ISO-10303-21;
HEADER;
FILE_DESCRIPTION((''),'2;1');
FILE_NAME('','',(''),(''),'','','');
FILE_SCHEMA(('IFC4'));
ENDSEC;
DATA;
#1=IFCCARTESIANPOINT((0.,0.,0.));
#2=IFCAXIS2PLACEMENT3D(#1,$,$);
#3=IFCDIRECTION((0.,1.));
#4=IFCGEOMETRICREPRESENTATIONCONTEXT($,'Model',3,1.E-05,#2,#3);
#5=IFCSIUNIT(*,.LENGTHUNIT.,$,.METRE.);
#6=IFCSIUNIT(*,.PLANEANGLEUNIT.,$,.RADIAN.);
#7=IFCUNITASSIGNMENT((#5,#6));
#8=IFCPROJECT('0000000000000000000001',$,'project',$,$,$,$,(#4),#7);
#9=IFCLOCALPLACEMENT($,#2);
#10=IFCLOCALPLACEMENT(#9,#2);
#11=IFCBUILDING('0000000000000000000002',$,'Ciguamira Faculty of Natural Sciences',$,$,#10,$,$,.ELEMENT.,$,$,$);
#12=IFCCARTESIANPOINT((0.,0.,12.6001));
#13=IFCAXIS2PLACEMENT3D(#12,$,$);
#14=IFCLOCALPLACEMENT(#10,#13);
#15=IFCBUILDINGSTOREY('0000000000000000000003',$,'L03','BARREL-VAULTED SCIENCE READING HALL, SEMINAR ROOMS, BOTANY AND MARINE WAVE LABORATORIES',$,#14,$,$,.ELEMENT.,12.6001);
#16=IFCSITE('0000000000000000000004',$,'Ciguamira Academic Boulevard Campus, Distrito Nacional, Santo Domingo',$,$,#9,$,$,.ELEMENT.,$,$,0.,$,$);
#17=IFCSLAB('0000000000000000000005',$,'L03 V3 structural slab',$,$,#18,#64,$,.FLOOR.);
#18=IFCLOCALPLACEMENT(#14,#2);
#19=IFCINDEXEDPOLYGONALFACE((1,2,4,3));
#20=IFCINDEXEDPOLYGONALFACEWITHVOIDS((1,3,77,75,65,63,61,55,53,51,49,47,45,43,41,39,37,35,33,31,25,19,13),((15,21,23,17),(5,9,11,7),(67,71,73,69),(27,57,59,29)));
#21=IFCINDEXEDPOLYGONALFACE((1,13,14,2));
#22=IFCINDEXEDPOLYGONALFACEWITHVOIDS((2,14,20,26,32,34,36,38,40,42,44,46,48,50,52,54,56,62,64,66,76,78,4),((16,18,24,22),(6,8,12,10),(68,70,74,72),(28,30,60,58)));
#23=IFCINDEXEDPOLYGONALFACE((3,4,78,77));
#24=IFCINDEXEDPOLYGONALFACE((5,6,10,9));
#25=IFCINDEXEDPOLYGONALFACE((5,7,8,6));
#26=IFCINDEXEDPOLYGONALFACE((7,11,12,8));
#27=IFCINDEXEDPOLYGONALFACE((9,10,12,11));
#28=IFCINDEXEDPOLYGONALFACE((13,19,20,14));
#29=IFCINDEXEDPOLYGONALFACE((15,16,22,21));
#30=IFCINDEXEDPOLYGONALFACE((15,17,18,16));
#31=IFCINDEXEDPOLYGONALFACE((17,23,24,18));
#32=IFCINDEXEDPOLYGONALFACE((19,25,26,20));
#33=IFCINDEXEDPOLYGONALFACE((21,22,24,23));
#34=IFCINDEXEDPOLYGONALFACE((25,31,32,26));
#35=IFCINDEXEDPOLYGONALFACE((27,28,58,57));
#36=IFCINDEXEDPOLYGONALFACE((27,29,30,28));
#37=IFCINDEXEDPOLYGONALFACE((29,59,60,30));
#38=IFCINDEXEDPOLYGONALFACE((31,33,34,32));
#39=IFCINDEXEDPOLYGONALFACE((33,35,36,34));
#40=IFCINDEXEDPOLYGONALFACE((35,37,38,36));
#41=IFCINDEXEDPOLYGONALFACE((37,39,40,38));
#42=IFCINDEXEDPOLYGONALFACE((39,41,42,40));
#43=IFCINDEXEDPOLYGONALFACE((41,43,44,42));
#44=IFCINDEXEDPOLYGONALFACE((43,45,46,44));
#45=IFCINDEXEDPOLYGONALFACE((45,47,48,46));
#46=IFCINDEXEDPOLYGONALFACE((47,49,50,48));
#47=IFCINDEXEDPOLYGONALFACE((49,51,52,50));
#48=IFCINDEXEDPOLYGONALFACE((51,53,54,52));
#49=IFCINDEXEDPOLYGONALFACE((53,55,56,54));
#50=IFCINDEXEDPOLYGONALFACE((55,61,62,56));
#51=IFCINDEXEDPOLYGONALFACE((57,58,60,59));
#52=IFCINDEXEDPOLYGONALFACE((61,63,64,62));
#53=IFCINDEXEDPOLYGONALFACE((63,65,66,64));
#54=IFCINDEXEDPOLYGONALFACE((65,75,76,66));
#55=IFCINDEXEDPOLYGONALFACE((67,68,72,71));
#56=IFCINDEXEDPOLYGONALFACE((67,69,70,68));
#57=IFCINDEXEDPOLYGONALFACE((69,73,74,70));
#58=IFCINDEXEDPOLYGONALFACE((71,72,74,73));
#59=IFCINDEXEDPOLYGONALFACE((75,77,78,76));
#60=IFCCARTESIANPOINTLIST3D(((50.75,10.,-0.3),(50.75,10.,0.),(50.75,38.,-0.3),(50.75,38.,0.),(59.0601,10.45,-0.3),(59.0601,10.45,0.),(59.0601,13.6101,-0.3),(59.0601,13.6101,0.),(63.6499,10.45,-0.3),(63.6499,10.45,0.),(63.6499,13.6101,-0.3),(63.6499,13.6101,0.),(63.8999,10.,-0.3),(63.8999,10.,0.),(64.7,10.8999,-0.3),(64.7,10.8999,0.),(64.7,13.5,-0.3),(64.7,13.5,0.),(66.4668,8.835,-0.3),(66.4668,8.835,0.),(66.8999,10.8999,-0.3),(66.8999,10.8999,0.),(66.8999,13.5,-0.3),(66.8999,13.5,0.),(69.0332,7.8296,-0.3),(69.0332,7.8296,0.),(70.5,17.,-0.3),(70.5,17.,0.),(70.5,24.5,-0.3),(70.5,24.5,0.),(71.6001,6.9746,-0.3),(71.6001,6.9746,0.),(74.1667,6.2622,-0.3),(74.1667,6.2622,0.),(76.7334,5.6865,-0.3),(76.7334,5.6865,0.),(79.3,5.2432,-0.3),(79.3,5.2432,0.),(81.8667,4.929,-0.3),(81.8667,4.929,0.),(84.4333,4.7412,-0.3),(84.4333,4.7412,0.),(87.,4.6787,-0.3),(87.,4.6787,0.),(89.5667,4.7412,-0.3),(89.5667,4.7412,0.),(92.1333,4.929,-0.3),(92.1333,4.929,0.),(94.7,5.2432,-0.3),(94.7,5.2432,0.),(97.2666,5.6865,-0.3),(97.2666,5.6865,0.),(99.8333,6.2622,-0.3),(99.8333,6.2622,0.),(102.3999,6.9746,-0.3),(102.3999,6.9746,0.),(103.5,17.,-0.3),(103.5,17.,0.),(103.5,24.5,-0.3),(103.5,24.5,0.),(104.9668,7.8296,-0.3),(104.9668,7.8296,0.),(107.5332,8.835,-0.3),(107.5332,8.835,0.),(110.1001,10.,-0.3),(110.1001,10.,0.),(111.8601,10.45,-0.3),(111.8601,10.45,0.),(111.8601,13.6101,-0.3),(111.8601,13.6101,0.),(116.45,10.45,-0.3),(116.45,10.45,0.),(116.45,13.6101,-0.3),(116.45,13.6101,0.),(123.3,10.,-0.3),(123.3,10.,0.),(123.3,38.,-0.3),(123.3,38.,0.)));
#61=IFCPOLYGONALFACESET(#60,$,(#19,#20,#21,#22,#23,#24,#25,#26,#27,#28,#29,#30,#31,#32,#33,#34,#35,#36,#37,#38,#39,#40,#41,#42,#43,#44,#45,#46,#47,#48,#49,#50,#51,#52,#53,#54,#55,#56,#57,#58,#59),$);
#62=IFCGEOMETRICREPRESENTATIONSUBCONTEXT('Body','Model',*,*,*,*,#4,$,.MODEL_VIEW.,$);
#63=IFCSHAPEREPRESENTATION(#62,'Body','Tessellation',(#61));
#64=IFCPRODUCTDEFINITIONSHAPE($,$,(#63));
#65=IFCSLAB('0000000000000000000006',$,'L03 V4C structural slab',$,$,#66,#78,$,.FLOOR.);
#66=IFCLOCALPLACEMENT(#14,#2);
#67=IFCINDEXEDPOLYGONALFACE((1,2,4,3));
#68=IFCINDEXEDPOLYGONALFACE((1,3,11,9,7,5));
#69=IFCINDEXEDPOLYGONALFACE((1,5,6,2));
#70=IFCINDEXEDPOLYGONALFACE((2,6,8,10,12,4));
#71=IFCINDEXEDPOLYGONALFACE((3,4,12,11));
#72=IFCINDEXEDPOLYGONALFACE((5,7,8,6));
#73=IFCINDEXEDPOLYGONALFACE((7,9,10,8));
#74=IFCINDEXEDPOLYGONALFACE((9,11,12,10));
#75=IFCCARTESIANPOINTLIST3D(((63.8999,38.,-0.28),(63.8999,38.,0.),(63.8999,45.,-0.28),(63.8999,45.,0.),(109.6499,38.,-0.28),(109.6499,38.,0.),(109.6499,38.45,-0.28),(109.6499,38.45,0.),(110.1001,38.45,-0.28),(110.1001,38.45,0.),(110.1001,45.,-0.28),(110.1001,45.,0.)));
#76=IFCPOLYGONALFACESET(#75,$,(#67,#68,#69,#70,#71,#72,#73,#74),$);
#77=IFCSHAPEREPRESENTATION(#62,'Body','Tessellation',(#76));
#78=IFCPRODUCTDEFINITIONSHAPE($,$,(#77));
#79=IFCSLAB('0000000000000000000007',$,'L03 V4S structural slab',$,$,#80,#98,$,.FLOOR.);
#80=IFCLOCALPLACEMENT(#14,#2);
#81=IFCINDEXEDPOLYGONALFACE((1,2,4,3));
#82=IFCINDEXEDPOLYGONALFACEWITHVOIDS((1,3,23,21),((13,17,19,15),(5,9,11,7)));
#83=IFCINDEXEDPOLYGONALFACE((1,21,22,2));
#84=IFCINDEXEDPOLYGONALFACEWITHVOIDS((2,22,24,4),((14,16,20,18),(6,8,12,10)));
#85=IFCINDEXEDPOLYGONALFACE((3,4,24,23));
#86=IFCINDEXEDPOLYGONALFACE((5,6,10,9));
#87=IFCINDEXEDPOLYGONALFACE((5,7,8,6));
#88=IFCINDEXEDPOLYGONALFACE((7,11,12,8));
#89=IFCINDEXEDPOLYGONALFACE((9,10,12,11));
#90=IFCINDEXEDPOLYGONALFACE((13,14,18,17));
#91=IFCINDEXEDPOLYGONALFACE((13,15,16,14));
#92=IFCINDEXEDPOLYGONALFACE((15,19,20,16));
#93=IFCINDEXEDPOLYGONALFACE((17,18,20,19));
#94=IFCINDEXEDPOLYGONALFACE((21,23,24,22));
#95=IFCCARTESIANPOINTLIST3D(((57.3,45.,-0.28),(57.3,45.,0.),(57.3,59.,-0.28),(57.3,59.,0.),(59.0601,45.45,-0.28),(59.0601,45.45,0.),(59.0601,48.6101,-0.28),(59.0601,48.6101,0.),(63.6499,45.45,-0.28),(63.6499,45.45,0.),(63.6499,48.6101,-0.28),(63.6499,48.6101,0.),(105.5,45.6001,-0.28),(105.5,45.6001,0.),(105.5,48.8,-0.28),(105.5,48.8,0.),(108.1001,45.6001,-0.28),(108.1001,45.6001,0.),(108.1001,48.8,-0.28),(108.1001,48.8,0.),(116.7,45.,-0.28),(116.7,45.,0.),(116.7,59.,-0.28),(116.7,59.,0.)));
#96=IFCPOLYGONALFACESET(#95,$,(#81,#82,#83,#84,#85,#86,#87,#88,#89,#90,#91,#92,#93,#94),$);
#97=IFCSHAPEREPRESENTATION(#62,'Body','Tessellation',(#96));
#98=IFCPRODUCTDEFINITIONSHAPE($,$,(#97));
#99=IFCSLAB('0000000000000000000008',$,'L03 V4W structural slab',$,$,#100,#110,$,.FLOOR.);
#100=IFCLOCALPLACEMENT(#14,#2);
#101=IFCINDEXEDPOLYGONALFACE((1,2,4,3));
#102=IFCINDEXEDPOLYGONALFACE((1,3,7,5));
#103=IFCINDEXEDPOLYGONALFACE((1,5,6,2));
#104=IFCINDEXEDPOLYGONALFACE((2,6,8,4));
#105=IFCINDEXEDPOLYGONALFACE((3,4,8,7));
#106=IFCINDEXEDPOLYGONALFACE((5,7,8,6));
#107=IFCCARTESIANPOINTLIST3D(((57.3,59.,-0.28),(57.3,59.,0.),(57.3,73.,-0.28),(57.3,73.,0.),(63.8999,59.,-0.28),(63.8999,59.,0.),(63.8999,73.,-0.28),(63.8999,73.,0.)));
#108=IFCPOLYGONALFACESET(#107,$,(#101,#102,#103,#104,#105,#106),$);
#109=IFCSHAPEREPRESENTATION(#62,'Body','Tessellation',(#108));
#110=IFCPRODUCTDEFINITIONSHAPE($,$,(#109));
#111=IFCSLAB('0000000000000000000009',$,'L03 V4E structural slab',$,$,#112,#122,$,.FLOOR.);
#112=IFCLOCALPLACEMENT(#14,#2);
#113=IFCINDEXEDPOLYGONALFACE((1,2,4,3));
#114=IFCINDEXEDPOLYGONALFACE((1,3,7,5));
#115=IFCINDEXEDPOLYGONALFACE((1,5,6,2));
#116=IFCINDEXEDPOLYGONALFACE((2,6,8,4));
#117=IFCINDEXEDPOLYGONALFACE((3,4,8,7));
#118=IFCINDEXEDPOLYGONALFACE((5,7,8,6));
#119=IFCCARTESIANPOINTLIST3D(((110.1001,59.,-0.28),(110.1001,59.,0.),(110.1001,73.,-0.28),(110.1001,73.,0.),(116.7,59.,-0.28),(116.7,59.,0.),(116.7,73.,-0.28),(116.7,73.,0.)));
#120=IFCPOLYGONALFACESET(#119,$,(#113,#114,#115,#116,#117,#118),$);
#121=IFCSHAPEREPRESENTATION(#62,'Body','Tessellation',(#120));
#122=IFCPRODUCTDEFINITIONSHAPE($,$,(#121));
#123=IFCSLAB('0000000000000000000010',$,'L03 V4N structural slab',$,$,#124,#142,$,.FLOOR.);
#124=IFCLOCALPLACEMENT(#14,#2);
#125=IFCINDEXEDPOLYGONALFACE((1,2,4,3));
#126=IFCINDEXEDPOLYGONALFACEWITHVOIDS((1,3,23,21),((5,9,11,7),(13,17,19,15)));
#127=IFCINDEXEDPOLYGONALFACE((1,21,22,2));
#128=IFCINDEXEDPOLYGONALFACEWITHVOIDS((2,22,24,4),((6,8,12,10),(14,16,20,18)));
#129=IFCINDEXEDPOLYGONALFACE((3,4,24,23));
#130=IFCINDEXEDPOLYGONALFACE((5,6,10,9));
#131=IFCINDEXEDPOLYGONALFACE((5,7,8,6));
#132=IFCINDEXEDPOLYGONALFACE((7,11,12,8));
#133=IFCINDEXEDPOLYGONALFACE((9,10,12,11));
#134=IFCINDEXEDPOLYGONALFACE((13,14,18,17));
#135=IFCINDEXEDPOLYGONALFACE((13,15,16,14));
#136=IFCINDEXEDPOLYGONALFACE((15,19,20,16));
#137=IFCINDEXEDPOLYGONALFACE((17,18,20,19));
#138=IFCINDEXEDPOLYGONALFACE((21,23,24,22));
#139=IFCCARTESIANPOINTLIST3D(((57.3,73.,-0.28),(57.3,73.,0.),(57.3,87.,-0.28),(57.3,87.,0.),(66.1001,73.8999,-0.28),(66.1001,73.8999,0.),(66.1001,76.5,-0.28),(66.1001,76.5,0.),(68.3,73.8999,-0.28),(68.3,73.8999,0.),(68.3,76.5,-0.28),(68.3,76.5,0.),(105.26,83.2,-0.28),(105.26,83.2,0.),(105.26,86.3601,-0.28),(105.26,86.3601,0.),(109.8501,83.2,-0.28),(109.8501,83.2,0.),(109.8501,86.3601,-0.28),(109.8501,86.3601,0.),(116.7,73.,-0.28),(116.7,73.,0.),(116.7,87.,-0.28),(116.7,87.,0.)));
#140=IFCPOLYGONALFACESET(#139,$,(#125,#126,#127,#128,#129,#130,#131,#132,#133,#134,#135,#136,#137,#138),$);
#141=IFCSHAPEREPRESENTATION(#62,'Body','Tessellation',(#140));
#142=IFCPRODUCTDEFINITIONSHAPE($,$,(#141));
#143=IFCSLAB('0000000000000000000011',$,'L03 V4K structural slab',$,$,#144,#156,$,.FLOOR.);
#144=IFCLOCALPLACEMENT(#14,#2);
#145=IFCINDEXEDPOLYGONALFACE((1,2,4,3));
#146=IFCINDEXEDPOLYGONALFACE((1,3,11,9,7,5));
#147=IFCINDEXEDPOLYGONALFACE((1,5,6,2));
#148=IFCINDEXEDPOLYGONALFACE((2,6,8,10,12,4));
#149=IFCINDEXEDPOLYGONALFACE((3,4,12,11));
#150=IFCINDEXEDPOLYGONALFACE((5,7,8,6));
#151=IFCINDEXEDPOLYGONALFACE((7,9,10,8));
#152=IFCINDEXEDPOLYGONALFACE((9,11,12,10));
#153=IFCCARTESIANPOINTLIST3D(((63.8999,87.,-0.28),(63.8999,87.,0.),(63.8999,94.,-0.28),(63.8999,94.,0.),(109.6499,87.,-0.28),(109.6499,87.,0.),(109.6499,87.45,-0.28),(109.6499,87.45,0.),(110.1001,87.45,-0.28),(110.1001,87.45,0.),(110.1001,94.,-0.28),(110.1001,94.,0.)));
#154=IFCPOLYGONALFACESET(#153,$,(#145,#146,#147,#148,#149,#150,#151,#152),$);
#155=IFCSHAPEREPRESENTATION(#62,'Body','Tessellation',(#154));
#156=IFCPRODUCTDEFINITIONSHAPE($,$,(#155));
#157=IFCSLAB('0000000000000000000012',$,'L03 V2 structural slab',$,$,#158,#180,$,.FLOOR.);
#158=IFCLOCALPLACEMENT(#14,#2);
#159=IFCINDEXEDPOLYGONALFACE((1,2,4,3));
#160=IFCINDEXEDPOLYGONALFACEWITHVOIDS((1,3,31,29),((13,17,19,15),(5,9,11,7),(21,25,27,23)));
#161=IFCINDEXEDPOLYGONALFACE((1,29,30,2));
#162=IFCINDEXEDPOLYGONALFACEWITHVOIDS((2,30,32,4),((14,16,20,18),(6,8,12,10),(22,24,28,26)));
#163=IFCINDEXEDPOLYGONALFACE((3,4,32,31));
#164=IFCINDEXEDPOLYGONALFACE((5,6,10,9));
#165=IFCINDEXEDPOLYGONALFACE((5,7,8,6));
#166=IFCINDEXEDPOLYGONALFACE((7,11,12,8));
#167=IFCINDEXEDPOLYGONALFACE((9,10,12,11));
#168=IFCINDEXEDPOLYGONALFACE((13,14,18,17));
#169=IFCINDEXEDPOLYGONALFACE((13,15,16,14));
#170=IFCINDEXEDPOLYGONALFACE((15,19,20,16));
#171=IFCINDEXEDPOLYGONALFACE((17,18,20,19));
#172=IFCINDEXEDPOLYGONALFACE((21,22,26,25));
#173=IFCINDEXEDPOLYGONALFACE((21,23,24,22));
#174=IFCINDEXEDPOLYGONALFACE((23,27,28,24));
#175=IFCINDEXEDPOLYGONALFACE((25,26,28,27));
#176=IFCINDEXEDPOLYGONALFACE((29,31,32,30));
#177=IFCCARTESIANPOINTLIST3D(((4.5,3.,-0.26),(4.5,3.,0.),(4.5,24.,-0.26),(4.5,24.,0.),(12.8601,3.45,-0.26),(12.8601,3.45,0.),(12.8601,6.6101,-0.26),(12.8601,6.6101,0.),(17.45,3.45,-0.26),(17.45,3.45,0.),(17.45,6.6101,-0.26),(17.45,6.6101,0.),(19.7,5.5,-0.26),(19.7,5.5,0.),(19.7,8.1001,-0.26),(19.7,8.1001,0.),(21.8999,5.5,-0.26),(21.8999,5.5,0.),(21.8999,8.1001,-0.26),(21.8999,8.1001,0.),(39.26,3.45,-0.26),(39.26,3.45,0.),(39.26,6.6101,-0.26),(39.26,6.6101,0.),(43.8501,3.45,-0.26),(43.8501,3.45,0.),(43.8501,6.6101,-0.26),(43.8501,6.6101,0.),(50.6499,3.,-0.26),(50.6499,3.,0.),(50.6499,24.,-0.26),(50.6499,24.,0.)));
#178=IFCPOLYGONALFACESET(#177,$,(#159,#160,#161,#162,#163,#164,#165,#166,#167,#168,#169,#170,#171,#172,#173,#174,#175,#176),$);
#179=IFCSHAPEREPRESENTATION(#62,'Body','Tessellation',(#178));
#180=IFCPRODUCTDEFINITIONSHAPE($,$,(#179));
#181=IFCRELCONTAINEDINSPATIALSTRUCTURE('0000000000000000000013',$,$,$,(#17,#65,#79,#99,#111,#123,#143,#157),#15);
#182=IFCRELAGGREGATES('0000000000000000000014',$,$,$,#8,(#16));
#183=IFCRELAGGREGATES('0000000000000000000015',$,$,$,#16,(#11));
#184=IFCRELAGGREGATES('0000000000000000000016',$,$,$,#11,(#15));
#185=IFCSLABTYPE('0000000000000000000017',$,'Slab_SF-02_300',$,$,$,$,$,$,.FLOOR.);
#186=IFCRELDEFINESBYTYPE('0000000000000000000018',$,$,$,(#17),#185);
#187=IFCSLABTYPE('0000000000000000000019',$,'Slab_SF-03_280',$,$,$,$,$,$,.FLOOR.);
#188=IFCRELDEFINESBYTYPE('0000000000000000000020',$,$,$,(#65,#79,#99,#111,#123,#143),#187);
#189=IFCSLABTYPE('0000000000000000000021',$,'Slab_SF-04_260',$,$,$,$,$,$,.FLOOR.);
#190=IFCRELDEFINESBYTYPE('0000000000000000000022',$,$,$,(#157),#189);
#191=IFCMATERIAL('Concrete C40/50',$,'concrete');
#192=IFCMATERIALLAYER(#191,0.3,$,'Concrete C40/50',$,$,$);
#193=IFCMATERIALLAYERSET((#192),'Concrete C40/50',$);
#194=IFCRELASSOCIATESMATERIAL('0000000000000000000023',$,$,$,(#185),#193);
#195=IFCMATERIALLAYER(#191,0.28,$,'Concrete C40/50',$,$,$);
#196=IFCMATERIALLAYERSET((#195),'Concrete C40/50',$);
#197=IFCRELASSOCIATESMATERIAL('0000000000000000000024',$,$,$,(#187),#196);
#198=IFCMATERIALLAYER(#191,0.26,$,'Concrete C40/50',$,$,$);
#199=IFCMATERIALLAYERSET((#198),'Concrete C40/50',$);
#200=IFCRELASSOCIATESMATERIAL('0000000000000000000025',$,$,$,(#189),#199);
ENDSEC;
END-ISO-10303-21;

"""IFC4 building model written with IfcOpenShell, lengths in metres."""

from ifc_helpers import new_model, si_unit, direction, frame, origin, place, context, subcontext, project, spatial, polyline, outline, extrude, material, layer, layer_set, type_object, element, save


model = new_model("IFC4")

# Units and contexts
model_context = context("Model", 3, precision=1e-05, world=origin(), true_north=direction((0.0, 1.0)))
body_context = subcontext(model_context, "Body", "Model", "MODEL_VIEW")
ifc_project = project(units=[si_unit("LENGTHUNIT", "METRE"), si_unit("PLANEANGLEUNIT", "RADIAN")], contexts=[model_context])

# Site, building, storey
site_placement = place(None, origin())
site = spatial("IfcSite", under=ifc_project, at=site_placement, Name="Ciguamira Academic Boulevard Campus, Distrito Nacional, Santo Domingo", CompositionType="ELEMENT", RefElevation=0.0)
building_placement = place(site_placement, origin())
building = spatial("IfcBuilding", under=site, at=building_placement, Name="Ciguamira Faculty of Natural Sciences", CompositionType="ELEMENT")
storey_placement = place(building_placement, frame((0.0, 0.0, 12.6001)))
storey = spatial("IfcBuildingStorey", under=building, at=storey_placement, Name="L03", Description="BARREL-VAULTED SCIENCE READING HALL, SEMINAR ROOMS, BOTANY AND MARINE WAVE LABORATORIES", CompositionType="ELEMENT", Elevation=12.6001)

# Slabs
ifc_material_1 = material(Name="Concrete C40/50", Category="concrete")
ifc_layer_1 = layer(ifc_material_1, 0.3, Name="Concrete C40/50")
ifc_layer_set_1 = layer_set([ifc_layer_1], Name="Concrete C40/50")
slab_type_1 = type_object("IfcSlabType", Name="Slab_SF-02_300", PredefinedType="FLOOR", material=ifc_layer_set_1)
slab_1_placement = place(storey_placement, frame((0.0, 0.0, -0.3)))
element("IfcSlab", 1, at=slab_1_placement, inside=storey, type_object=slab_type_1, Name="L03 V3 structural slab", PredefinedType="FLOOR", context=body_context, shape_type="SweptSolid", body=[
    extrude(outline(polyline([(50.75, 10.0), (63.8999, 10.0), (66.4668, 8.835), (69.0332, 7.8296), (71.6001, 6.9746), (74.1667, 6.2622), (76.7334, 5.6865), (79.3, 5.2432), (81.8667, 4.929), (84.4333, 4.7412), (87.0, 4.6787), (89.5667, 4.7412), (92.1333, 4.929), (94.7, 5.2432), (97.2666, 5.6865), (99.8333, 6.2622), (102.3999, 6.9746), (104.9668, 7.8296), (107.5332, 8.835), (110.1001, 10.0), (123.3, 10.0), (123.3, 38.0), (50.75, 38.0), (50.75, 10.0)]), holes=[polyline([(59.0601, 10.45), (63.6499, 10.45), (63.6499, 13.6101), (59.0601, 13.6101), (59.0601, 10.45)]), polyline([(111.8601, 10.45), (116.45, 10.45), (116.45, 13.6101), (111.8601, 13.6101), (111.8601, 10.45)]), polyline([(64.7, 10.8999), (66.8999, 10.8999), (66.8999, 13.5), (64.7, 13.5), (64.7, 10.8999)]), polyline([(70.5, 17.0), (103.5, 17.0), (103.5, 24.5), (70.5, 24.5), (70.5, 17.0)])]), origin(), (0.0, 0.0, 1.0), 0.3),
])
ifc_layer_2 = layer(ifc_material_1, 0.28, Name="Concrete C40/50")
ifc_layer_set_2 = layer_set([ifc_layer_2], Name="Concrete C40/50")
slab_type_2 = type_object("IfcSlabType", Name="Slab_SF-03_280", PredefinedType="FLOOR", material=ifc_layer_set_2)
slab_2_placement = place(storey_placement, frame((0.0, 0.0, -0.28)))
element("IfcSlab", 2, at=slab_2_placement, inside=storey, type_object=slab_type_2, Name="L03 V4C structural slab", PredefinedType="FLOOR", context=body_context, shape_type="SweptSolid", body=[
    extrude(outline(polyline([(63.8999, 38.0), (109.6499, 38.0), (109.6499, 38.45), (110.1001, 38.45), (110.1001, 45.0), (63.8999, 45.0), (63.8999, 38.0)])), origin(), (0.0, 0.0, 1.0), 0.28),
])
slab_3_placement = place(storey_placement, frame((0.0, 0.0, -0.28)))
element("IfcSlab", 3, at=slab_3_placement, inside=storey, type_object=slab_type_2, Name="L03 V4S structural slab", PredefinedType="FLOOR", context=body_context, shape_type="SweptSolid", body=[
    extrude(outline(polyline([(57.3, 45.0), (116.7, 45.0), (116.7, 59.0), (57.3, 59.0), (57.3, 45.0)]), holes=[polyline([(59.0601, 45.45), (63.6499, 45.45), (63.6499, 48.6101), (59.0601, 48.6101), (59.0601, 45.45)]), polyline([(105.5, 45.6001), (108.1001, 45.6001), (108.1001, 48.8), (105.5, 48.8), (105.5, 45.6001)])]), origin(), (0.0, 0.0, 1.0), 0.28),
])
slab_4_placement = place(storey_placement, frame((0.0, 0.0, -0.28)))
element("IfcSlab", 4, at=slab_4_placement, inside=storey, type_object=slab_type_2, Name="L03 V4W structural slab", PredefinedType="FLOOR", context=body_context, shape_type="SweptSolid", body=[
    extrude(outline(polyline([(57.3, 59.0), (63.8999, 59.0), (63.8999, 73.0), (57.3, 73.0), (57.3, 59.0)])), origin(), (0.0, 0.0, 1.0), 0.28),
])
slab_5_placement = place(storey_placement, frame((0.0, 0.0, -0.28)))
element("IfcSlab", 5, at=slab_5_placement, inside=storey, type_object=slab_type_2, Name="L03 V4E structural slab", PredefinedType="FLOOR", context=body_context, shape_type="SweptSolid", body=[
    extrude(outline(polyline([(110.1001, 59.0), (116.7, 59.0), (116.7, 73.0), (110.1001, 73.0), (110.1001, 59.0)])), origin(), (0.0, 0.0, 1.0), 0.28),
])
slab_6_placement = place(storey_placement, frame((0.0, 0.0, -0.28)))
element("IfcSlab", 6, at=slab_6_placement, inside=storey, type_object=slab_type_2, Name="L03 V4N structural slab", PredefinedType="FLOOR", context=body_context, shape_type="SweptSolid", body=[
    extrude(outline(polyline([(57.3, 73.0), (116.7, 73.0), (116.7, 87.0), (57.3, 87.0), (57.3, 73.0)]), holes=[polyline([(105.26, 83.2), (109.8501, 83.2), (109.8501, 86.3601), (105.26, 86.3601), (105.26, 83.2)]), polyline([(66.1001, 73.8999), (68.3, 73.8999), (68.3, 76.5), (66.1001, 76.5), (66.1001, 73.8999)])]), origin(), (0.0, 0.0, 1.0), 0.28),
])
slab_7_placement = place(storey_placement, frame((0.0, 0.0, -0.28)))
element("IfcSlab", 7, at=slab_7_placement, inside=storey, type_object=slab_type_2, Name="L03 V4K structural slab", PredefinedType="FLOOR", context=body_context, shape_type="SweptSolid", body=[
    extrude(outline(polyline([(63.8999, 87.0), (109.6499, 87.0), (109.6499, 87.45), (110.1001, 87.45), (110.1001, 94.0), (63.8999, 94.0), (63.8999, 87.0)])), origin(), (0.0, 0.0, 1.0), 0.28),
])
ifc_layer_3 = layer(ifc_material_1, 0.26, Name="Concrete C40/50")
ifc_layer_set_3 = layer_set([ifc_layer_3], Name="Concrete C40/50")
slab_type_3 = type_object("IfcSlabType", Name="Slab_SF-04_260", PredefinedType="FLOOR", material=ifc_layer_set_3)
slab_8_placement = place(storey_placement, frame((0.0, 0.0, -0.26)))
element("IfcSlab", 8, at=slab_8_placement, inside=storey, type_object=slab_type_3, Name="L03 V2 structural slab", PredefinedType="FLOOR", context=body_context, shape_type="SweptSolid", body=[
    extrude(outline(polyline([(4.5, 3.0), (50.6499, 3.0), (50.6499, 24.0), (4.5, 24.0), (4.5, 3.0)]), holes=[polyline([(12.8601, 3.45), (17.45, 3.45), (17.45, 6.6101), (12.8601, 6.6101), (12.8601, 3.45)]), polyline([(39.26, 3.45), (43.8501, 3.45), (43.8501, 6.6101), (39.26, 6.6101), (39.26, 3.45)]), polyline([(19.7, 5.5), (21.8999, 5.5), (21.8999, 8.1001), (19.7, 8.1001), (19.7, 5.5)])]), origin(), (0.0, 0.0, 1.0), 0.26),
])

save(model, "model.ifc")
